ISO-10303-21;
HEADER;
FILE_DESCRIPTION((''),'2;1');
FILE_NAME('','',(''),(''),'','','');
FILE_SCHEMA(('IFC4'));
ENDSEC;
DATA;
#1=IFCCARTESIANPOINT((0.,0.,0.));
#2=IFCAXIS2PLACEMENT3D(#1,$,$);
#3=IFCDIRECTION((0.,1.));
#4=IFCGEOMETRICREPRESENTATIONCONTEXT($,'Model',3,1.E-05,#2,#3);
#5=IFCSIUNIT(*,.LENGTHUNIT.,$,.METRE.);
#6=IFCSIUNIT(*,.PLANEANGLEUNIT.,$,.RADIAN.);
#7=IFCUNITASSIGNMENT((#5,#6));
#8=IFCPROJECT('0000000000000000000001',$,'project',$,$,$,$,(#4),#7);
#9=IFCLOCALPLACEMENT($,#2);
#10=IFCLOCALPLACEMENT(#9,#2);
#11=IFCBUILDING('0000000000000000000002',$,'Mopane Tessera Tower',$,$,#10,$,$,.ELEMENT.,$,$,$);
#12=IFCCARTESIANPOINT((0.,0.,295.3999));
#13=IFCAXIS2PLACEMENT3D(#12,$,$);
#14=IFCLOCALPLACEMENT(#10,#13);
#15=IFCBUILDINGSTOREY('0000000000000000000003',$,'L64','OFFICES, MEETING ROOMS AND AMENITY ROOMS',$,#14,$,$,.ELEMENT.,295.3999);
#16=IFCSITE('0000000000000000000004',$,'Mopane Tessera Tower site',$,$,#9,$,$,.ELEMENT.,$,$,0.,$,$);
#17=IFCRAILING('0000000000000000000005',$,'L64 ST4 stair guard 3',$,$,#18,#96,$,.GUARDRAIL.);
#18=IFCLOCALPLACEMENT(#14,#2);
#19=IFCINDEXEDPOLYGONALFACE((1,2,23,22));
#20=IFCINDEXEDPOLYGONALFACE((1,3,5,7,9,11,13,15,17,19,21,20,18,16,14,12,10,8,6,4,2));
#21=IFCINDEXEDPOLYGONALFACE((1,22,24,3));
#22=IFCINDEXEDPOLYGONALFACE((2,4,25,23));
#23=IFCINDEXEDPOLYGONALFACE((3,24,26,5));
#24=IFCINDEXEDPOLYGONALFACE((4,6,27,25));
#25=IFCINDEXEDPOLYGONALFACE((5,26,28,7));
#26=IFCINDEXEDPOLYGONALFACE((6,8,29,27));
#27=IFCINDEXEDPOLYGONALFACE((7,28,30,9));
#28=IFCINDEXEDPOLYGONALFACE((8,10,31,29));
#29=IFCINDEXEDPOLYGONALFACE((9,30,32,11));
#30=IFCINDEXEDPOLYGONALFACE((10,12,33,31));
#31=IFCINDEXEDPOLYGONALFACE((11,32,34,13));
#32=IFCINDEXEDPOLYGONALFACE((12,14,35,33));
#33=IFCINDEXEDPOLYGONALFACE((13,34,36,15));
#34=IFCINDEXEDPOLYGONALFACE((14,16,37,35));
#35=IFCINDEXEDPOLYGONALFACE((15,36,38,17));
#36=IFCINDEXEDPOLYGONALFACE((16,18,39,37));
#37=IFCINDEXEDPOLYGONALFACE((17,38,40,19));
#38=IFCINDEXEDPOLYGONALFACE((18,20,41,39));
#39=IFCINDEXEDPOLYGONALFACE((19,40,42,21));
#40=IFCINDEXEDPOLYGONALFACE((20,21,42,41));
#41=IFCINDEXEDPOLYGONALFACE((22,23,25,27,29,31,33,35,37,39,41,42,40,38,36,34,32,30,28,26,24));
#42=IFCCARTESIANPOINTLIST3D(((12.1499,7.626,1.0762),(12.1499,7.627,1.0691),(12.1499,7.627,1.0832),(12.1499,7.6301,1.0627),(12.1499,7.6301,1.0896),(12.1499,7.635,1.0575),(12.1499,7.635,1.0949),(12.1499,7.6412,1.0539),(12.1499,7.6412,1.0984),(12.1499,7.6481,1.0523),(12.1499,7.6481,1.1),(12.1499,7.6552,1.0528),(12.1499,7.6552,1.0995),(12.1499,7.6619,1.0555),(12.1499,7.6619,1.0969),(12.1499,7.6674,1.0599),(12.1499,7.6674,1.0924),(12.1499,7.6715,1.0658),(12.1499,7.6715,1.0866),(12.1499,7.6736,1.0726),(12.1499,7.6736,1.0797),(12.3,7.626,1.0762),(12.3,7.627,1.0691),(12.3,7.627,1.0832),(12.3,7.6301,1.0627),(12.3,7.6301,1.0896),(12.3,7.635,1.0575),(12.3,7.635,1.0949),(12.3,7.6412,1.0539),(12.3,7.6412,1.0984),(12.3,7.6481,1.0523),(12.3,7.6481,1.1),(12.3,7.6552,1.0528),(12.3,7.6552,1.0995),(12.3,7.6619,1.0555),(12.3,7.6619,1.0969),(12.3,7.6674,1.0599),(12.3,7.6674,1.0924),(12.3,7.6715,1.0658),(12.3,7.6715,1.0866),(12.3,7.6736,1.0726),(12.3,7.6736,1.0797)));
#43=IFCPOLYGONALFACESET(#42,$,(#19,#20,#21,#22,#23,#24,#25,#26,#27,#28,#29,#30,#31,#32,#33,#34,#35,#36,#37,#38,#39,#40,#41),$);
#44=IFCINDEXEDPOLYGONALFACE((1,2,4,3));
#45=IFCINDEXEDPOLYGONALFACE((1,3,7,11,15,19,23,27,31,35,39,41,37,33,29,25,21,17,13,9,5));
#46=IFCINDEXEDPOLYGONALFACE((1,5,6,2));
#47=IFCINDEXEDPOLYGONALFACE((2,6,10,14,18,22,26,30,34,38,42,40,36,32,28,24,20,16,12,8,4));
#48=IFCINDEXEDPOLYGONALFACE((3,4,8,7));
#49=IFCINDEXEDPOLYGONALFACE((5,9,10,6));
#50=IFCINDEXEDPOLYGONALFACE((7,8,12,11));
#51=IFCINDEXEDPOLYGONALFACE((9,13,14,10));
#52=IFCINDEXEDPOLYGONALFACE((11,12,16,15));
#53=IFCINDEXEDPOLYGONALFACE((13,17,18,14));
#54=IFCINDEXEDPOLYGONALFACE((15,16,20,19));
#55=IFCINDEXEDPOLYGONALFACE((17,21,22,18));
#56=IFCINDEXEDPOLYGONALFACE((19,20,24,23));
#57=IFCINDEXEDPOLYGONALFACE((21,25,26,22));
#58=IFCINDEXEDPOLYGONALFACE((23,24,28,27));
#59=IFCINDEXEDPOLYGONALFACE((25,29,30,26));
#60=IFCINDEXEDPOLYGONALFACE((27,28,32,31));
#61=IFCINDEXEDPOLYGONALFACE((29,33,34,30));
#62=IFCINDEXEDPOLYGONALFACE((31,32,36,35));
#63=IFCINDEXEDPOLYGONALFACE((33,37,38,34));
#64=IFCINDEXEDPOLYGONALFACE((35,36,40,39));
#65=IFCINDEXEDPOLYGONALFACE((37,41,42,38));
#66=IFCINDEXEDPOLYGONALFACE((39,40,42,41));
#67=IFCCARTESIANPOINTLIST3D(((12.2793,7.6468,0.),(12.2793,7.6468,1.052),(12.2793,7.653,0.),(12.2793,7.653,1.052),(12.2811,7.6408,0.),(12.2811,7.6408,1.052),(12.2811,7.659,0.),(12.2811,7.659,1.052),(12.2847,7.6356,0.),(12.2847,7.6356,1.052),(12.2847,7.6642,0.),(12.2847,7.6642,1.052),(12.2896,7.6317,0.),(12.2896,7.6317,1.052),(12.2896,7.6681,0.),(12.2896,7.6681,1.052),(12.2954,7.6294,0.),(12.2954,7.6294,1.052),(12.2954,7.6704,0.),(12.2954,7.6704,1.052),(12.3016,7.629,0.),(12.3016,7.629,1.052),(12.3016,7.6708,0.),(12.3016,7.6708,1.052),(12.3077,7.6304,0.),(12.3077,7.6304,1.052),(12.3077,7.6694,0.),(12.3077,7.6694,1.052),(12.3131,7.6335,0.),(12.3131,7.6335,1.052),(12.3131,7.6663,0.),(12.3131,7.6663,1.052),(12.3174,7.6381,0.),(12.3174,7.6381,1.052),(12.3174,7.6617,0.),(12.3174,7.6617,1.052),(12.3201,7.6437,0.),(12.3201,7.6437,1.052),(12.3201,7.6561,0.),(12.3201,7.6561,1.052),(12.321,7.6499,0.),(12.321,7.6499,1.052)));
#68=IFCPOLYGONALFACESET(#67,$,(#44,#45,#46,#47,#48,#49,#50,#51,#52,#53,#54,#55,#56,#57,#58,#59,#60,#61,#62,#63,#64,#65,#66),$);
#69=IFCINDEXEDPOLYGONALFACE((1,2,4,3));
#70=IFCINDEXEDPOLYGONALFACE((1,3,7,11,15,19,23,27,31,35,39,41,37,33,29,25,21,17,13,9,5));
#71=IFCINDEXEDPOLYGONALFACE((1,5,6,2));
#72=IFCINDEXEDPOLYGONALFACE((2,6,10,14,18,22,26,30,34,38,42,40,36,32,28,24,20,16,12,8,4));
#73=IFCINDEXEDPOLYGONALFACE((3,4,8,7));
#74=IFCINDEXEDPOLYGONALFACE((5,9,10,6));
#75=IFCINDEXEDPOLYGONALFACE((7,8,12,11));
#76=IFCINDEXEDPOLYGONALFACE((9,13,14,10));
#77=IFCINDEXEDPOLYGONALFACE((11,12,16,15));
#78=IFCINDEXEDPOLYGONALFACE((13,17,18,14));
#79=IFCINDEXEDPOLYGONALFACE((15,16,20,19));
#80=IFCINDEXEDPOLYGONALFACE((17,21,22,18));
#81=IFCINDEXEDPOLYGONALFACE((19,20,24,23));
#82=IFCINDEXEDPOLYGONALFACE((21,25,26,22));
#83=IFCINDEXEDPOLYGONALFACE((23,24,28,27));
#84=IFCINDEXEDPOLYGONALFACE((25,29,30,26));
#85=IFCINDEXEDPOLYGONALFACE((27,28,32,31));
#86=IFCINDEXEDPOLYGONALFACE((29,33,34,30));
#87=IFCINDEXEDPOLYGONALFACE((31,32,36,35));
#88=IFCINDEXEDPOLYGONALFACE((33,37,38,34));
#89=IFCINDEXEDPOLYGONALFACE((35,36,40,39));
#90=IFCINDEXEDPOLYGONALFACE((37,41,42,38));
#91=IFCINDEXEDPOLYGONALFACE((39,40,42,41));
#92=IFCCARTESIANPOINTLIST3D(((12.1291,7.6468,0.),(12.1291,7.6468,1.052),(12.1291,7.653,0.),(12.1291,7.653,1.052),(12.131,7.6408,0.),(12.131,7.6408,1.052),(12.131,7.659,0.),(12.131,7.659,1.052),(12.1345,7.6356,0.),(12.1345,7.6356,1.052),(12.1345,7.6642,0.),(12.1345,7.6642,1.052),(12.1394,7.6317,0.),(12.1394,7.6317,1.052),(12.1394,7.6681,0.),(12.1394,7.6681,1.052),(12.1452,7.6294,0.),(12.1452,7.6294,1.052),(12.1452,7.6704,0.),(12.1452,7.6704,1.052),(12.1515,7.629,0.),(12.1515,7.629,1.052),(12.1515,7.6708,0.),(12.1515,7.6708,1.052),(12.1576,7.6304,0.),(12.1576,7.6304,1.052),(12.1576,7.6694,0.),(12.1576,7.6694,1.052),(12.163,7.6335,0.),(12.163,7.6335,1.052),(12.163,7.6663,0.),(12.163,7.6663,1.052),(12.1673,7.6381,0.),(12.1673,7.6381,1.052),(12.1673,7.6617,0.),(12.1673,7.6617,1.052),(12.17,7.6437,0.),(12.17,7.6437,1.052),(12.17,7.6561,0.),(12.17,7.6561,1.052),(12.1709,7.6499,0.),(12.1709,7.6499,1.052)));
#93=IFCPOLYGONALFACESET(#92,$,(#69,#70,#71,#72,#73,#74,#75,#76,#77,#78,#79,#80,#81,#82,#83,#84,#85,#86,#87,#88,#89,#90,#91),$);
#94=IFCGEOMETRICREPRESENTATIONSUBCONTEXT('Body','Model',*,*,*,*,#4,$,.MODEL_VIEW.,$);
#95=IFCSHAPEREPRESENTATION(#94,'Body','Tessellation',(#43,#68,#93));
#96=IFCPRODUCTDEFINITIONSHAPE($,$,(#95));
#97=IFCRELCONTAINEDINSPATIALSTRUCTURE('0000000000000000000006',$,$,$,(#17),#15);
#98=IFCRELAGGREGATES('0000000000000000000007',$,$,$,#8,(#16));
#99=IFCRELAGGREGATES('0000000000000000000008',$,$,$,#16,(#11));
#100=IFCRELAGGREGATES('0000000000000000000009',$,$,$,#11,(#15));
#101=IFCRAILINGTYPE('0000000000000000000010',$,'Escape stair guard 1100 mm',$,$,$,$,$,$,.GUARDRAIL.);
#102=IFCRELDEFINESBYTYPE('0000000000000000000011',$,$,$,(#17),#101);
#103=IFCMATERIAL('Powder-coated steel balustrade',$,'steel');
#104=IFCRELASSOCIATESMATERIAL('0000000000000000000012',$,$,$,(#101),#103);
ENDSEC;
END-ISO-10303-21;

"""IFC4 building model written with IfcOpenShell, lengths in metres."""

from ifc_helpers import new_model, si_unit, direction, frame, origin, origin_2d, place, context, subcontext, project, spatial, circle, extrude, material, type_object, element, save


model = new_model("IFC4")

# Units and contexts
model_context = context("Model", 3, precision=1e-05, world=origin(), true_north=direction((0.0, 1.0)))
body_context = subcontext(model_context, "Body", "Model", "MODEL_VIEW")
ifc_project = project(units=[si_unit("LENGTHUNIT", "METRE"), si_unit("PLANEANGLEUNIT", "RADIAN")], contexts=[model_context])

# Site, building, storey
site_placement = place(None, origin())
site = spatial("IfcSite", under=ifc_project, at=site_placement, Name="Mopane Tessera Tower site", CompositionType="ELEMENT", RefElevation=0.0)
building_placement = place(site_placement, origin())
building = spatial("IfcBuilding", under=site, at=building_placement, Name="Mopane Tessera Tower", CompositionType="ELEMENT")
storey_placement = place(building_placement, frame((0.0, 0.0, 295.3999)))
storey = spatial("IfcBuildingStorey", under=building, at=storey_placement, Name="L64", Description="OFFICES, MEETING ROOMS AND AMENITY ROOMS", CompositionType="ELEMENT", Elevation=295.3999)

# Railing
ifc_material_1 = material(Name="Powder-coated steel balustrade", Category="steel")
railing_type_1 = type_object("IfcRailingType", Name="Escape stair guard 1100 mm", PredefinedType="GUARDRAIL", material=ifc_material_1)
railing_1_placement = place(storey_placement, frame((12.3, 7.6499, 0.0)))
element("IfcRailing", 1, at=railing_1_placement, inside=storey, type_object=railing_type_1, Name="L64 ST4 stair guard 3", PredefinedType="GUARDRAIL", context=body_context, shape_type="SweptSolid", body=[
    extrude(circle(Radius=0.0239, at=origin_2d()), frame((0.0, 0.0, 1.0762), z_axis=(-1.0, 0.0, 0.0), x_axis=(0.0, -1.0, 0.0)), (0.0, 0.0, 1.0), 0.1501),
    extrude(circle(Radius=0.021, at=origin_2d()), origin(), (0.0, 0.0, 1.0), 1.052),
    extrude(circle(Radius=0.021, at=origin_2d()), frame((-0.1501, 0.0, 0.0)), (0.0, 0.0, 1.0), 1.052),
])

save(model, "model.ifc")
